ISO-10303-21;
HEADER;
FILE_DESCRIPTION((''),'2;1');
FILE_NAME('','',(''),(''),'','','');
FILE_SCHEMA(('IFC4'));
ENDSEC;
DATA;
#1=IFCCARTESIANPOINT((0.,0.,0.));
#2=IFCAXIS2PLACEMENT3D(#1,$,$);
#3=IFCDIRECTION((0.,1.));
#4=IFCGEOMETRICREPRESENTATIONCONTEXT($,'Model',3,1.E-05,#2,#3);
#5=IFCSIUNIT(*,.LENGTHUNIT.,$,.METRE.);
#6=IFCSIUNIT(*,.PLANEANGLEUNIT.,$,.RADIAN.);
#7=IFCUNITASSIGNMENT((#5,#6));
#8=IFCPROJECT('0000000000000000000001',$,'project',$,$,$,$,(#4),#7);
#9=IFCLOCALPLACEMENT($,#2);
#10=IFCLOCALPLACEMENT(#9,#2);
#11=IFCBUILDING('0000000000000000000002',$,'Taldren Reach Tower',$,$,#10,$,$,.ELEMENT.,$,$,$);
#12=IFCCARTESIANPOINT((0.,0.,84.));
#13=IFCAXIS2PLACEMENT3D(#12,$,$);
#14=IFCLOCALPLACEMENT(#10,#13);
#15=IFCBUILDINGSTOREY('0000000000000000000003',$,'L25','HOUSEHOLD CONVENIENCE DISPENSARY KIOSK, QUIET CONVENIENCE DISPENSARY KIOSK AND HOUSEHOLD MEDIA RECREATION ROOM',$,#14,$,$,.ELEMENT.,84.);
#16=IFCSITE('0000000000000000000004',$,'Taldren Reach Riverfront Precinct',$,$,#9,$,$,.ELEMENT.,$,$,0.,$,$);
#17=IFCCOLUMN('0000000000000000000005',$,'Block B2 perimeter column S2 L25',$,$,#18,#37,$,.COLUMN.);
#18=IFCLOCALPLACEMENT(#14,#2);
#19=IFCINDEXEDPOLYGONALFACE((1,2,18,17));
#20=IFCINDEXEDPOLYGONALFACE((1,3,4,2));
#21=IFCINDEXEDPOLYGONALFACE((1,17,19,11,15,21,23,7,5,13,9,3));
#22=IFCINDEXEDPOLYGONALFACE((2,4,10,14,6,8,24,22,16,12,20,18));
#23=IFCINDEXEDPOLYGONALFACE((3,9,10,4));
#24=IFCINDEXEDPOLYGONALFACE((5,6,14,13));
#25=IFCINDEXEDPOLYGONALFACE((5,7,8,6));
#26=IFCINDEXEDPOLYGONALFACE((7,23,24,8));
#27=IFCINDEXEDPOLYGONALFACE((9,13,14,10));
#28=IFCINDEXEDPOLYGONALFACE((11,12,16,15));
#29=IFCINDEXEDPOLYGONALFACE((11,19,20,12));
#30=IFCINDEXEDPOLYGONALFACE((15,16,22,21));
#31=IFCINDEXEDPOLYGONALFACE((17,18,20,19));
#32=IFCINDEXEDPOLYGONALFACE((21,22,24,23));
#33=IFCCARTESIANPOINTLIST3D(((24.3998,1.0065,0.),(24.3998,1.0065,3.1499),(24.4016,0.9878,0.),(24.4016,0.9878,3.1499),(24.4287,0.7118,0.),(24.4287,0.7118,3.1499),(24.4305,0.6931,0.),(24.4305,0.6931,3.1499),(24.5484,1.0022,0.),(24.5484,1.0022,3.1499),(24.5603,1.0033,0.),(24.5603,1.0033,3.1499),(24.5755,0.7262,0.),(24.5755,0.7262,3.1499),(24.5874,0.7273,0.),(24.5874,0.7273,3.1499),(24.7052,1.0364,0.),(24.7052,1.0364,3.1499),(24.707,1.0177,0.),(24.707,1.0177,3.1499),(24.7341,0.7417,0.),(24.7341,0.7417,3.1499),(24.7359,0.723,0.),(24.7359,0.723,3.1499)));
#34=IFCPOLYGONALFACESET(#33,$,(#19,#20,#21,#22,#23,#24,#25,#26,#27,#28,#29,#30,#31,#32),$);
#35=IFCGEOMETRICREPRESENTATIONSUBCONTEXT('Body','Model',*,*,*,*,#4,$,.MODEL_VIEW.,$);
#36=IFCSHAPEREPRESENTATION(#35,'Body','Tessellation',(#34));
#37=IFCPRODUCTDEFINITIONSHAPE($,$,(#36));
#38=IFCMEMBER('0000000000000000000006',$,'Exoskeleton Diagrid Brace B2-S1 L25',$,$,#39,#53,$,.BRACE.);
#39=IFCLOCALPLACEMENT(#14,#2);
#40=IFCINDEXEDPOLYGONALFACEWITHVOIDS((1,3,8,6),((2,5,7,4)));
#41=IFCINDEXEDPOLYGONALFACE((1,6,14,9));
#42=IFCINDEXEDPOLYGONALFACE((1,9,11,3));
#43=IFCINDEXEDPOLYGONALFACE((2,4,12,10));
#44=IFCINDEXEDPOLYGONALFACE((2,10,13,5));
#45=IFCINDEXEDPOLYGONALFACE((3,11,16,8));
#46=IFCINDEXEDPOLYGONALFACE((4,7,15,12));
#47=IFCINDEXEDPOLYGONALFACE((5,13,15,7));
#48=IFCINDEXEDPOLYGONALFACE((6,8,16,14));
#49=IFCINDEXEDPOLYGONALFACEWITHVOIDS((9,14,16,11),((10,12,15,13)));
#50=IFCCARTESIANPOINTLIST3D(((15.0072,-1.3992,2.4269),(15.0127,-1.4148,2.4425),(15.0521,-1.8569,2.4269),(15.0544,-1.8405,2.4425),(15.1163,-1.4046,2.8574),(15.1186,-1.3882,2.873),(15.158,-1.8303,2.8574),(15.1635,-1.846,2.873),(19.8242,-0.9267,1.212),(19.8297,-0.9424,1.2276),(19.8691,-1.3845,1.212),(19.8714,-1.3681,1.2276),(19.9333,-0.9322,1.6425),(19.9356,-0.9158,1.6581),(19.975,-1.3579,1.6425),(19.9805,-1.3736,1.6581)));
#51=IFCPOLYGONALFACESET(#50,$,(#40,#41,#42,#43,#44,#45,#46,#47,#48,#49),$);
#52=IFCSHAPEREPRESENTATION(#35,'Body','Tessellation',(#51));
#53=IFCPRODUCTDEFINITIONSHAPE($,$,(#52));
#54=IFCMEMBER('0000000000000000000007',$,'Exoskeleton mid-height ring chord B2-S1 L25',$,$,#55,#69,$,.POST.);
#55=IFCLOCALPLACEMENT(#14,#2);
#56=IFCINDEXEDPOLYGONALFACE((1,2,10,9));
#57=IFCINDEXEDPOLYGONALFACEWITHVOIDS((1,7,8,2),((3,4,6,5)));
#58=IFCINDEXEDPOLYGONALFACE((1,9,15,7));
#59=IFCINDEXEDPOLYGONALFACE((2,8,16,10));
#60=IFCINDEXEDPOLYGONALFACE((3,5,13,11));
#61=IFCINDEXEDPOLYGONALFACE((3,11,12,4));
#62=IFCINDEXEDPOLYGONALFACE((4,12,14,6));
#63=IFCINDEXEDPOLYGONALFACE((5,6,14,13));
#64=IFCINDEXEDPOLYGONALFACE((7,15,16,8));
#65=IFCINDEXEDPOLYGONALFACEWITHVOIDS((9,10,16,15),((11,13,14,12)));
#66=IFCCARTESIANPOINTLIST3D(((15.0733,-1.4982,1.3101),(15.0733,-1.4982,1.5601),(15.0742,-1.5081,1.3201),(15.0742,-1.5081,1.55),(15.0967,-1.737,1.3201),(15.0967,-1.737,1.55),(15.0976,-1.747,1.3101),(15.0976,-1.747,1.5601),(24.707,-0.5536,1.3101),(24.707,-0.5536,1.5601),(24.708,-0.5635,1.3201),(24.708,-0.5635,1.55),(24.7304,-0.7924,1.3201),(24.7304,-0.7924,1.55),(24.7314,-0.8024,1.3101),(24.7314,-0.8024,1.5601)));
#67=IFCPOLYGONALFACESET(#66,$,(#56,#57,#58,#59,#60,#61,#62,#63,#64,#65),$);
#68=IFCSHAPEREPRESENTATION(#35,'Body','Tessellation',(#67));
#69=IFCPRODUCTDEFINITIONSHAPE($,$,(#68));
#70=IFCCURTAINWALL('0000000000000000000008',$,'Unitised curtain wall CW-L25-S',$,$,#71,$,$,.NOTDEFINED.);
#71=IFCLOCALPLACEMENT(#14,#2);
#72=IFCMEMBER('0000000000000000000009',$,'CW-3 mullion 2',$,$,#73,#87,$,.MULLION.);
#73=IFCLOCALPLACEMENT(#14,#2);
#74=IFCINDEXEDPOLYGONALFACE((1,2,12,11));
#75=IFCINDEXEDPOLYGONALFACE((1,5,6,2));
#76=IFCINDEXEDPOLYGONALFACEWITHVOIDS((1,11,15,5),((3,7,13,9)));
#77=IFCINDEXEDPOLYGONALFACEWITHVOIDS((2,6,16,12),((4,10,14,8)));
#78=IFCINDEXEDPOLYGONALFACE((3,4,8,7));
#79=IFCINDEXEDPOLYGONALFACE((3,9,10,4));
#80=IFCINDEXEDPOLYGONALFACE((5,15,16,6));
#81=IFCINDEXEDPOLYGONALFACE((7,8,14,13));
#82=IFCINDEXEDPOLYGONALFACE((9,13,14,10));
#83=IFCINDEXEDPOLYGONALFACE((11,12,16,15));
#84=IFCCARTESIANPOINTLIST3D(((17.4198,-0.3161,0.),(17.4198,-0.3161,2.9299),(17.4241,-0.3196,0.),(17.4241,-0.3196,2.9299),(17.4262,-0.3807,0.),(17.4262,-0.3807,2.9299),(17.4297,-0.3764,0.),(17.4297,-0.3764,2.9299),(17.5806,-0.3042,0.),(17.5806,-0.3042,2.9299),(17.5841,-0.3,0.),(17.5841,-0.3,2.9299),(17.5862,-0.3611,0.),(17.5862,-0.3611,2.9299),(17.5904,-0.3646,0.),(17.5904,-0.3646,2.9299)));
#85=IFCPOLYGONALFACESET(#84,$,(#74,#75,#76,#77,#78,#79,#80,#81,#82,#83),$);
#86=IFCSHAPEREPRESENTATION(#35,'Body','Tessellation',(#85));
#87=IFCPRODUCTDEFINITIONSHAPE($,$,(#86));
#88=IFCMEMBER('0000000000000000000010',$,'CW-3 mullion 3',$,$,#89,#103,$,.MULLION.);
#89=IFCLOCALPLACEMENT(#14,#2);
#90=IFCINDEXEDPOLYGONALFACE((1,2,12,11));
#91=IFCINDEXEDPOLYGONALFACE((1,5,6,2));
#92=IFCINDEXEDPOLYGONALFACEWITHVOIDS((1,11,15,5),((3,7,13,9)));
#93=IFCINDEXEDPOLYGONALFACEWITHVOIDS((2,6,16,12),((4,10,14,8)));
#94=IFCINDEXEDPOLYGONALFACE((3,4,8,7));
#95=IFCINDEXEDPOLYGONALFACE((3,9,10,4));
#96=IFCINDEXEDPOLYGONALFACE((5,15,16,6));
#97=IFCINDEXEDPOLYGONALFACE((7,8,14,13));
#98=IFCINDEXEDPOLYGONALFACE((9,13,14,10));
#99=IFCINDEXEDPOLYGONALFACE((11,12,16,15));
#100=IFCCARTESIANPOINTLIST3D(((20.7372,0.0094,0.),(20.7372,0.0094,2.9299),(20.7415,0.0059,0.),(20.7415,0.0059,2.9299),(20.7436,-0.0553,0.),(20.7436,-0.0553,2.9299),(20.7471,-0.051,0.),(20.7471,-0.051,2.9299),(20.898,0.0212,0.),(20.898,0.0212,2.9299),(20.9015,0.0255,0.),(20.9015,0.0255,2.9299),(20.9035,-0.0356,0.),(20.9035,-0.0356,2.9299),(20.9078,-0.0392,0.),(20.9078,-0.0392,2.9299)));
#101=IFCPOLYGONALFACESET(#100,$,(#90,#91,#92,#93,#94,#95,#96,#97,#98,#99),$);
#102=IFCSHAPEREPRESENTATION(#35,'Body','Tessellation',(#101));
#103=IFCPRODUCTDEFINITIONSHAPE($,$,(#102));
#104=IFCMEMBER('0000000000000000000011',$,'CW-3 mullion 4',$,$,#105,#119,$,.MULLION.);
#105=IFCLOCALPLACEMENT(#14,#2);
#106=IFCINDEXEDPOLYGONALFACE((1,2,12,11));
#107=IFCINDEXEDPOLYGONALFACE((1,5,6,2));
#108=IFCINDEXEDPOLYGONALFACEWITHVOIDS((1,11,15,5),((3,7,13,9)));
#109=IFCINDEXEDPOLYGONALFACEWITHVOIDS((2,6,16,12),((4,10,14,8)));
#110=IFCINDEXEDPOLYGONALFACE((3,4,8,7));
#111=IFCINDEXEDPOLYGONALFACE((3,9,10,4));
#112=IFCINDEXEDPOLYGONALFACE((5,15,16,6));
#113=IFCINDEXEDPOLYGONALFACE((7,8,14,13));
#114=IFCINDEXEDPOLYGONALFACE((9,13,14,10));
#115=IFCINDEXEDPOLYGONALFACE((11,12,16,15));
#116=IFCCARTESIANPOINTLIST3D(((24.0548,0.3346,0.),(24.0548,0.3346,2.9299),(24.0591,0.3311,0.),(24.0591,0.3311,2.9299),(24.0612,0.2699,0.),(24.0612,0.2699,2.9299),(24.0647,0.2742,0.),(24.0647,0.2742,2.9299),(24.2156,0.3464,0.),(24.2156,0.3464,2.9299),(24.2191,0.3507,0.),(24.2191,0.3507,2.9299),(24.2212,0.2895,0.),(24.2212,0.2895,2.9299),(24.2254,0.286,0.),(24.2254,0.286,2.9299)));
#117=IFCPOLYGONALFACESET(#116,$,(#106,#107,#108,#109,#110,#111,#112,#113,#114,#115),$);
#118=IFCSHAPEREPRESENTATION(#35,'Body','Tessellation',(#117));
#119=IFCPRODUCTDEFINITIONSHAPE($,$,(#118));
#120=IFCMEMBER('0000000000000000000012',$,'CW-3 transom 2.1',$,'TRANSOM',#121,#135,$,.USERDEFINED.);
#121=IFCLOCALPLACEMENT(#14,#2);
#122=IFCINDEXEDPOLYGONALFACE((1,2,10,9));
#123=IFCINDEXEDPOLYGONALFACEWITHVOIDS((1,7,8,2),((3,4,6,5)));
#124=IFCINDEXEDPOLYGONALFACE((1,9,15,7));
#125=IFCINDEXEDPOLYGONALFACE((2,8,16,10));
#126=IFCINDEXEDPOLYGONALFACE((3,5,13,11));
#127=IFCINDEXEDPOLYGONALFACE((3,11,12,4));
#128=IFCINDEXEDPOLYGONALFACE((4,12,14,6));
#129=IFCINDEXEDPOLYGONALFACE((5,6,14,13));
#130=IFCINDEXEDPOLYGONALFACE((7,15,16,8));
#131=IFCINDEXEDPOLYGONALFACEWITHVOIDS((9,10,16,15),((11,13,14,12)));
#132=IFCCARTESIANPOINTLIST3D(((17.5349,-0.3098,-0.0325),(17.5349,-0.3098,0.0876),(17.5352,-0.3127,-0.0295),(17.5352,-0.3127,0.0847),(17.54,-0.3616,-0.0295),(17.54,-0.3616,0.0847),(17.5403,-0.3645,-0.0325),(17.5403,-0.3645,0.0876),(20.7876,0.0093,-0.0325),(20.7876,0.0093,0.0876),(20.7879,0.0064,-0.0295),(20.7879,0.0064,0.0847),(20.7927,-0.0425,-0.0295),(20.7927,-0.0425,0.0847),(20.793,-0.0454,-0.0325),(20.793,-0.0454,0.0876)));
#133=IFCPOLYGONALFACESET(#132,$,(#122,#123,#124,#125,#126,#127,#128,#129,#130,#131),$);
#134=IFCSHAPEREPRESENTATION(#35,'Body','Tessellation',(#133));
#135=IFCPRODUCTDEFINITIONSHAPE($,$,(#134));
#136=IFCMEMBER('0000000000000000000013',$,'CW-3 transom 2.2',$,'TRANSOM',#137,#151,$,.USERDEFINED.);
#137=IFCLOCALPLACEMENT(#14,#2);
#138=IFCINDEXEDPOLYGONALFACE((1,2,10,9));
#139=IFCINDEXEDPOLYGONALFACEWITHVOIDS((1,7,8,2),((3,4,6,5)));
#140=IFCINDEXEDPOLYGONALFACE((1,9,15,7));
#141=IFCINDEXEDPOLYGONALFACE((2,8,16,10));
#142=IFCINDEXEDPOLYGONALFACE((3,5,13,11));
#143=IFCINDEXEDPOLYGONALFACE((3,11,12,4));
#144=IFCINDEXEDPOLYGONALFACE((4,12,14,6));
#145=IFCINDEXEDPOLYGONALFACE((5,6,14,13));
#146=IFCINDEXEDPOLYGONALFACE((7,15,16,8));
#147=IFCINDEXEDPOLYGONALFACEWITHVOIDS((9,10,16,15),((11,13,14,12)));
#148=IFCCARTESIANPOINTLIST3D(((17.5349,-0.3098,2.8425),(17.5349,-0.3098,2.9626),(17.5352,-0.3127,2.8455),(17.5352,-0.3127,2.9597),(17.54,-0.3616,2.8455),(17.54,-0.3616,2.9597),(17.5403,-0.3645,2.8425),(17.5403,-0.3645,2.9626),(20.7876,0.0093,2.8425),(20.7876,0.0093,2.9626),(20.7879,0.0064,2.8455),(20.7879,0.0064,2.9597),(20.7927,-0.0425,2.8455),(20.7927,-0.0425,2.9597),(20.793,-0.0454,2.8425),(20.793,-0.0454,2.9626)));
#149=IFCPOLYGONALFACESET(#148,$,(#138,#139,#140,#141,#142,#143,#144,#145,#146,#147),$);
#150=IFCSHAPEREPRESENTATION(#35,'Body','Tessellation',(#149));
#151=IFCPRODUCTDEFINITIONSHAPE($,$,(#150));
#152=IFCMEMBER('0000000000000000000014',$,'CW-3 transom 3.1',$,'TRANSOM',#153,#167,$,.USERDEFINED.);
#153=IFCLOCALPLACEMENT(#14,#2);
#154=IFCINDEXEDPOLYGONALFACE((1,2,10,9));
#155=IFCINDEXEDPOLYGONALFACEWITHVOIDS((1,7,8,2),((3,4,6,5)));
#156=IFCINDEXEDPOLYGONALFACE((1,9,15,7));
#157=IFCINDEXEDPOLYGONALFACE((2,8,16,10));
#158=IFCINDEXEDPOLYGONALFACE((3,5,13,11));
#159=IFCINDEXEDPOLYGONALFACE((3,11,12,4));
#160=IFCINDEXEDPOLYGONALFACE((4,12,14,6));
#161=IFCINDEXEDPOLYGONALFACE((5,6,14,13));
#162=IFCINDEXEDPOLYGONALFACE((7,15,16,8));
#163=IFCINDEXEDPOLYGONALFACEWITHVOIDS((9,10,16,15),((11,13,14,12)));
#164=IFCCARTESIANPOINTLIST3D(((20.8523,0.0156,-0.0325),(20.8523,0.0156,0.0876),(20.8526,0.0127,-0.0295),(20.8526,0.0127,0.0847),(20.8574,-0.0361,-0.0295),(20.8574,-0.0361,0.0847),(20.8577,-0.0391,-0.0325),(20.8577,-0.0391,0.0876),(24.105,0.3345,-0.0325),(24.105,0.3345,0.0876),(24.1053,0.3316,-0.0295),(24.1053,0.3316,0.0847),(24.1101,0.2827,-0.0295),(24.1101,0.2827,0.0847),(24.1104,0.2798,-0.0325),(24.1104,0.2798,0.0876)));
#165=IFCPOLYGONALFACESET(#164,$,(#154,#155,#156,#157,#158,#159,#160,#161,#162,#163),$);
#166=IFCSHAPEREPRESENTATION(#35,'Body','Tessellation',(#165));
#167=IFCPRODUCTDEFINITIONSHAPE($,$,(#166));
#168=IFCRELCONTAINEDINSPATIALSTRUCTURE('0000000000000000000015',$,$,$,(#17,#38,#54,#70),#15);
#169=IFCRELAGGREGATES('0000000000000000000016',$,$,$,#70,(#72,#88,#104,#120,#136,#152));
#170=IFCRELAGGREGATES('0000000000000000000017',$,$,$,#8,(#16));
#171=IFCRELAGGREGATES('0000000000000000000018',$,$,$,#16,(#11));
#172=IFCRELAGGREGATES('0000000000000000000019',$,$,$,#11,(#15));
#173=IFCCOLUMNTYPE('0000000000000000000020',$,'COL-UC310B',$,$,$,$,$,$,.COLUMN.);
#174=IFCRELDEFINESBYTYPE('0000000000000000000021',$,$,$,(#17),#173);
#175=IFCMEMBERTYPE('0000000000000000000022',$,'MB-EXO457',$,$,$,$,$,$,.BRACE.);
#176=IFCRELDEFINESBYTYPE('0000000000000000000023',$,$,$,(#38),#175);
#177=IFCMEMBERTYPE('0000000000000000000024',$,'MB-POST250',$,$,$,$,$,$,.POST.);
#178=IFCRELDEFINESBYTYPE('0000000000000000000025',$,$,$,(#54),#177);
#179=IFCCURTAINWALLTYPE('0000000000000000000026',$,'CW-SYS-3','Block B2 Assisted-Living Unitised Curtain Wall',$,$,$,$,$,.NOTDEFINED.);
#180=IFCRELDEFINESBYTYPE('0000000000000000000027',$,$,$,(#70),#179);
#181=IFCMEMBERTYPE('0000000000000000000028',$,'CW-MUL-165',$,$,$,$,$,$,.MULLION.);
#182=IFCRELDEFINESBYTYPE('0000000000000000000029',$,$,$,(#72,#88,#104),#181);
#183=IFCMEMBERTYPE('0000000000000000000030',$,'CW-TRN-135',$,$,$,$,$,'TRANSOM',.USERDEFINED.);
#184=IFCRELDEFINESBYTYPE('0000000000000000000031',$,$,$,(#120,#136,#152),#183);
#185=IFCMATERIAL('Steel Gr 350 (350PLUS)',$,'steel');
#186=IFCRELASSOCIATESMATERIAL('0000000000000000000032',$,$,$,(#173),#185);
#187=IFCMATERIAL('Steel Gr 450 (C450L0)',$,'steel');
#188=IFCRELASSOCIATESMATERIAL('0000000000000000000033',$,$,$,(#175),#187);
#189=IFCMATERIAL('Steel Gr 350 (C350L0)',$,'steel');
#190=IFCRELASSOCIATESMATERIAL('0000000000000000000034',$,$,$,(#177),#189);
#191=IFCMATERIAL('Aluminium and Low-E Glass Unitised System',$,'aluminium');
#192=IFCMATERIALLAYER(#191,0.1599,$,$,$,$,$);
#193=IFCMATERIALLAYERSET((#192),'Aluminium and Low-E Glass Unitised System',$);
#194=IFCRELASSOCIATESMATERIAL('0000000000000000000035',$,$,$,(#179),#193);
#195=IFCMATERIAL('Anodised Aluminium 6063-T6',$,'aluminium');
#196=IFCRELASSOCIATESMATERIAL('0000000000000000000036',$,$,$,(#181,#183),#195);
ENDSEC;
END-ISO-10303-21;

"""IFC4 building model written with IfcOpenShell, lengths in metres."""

from ifc_helpers import new_model, si_unit, direction, frame, origin, origin_2d, place, context, subcontext, project, spatial, hollow_rectangle, i_section, extrude, source, transform, mapped, material, layer, layer_set, material_profile, profile_set, type_object, element, aggregate, save


model = new_model("IFC4")

# Units and contexts
model_context = context("Model", 3, precision=1e-05, world=origin(), true_north=direction((0.0, 1.0)))
body_context = subcontext(model_context, "Body", "Model", "MODEL_VIEW")
ifc_project = project(units=[si_unit("LENGTHUNIT", "METRE"), si_unit("PLANEANGLEUNIT", "RADIAN")], contexts=[model_context])

# Site, building, storey
site_placement = place(None, origin())
site = spatial("IfcSite", under=ifc_project, at=site_placement, Name="Taldren Reach Riverfront Precinct", CompositionType="ELEMENT", RefElevation=0.0)
building_placement = place(site_placement, origin())
building = spatial("IfcBuilding", under=site, at=building_placement, Name="Taldren Reach Tower", CompositionType="ELEMENT")
storey_placement = place(building_placement, frame((0.0, 0.0, 84.0)))
storey = spatial("IfcBuildingStorey", under=building, at=storey_placement, Name="L25", Description="HOUSEHOLD CONVENIENCE DISPENSARY KIOSK, QUIET CONVENIENCE DISPENSARY KIOSK AND HOUSEHOLD MEDIA RECREATION ROOM", CompositionType="ELEMENT", Elevation=84.0)

# Column
ifc_material_1 = material(Name="Steel Gr 350 (350PLUS)", Category="steel")
ifc_material_profile_1 = material_profile(ifc_material_1, i_section(OverallWidth=0.3069, OverallDepth=0.3149, WebThickness=0.012, FlangeThickness=0.0188, at=origin_2d()), Name="310UC118")
ifc_profile_set_1 = profile_set([ifc_material_profile_1], Name="Steel Gr 350 (350PLUS)")
column_type = type_object("IfcColumnType", Name="COL-UC310B", PredefinedType="COLUMN", material=ifc_profile_set_1)
shared_shape_1 = source(origin(), body_context, "Body", "SweptSolid", [
    extrude(i_section(OverallWidth=0.3069, OverallDepth=0.3149, WebThickness=0.012, FlangeThickness=0.0188, at=origin_2d()), origin(), (0.0, 0.0, 1.0), 3.1499),
])
column_placement = place(storey_placement, frame((24.5679, 0.8647, 0.0), z_axis=(0.0, 0.0, 1.0), x_axis=(0.995227, 0.097583, 0.0)))
element("IfcColumn", 1, at=column_placement, inside=storey, type_object=column_type, Name="Block B2 perimeter column S2 L25", PredefinedType="COLUMN", context=body_context, shape_type="MappedRepresentation", body=[
    mapped(shared_shape_1, transform((0.0, 0.0, 0.0), scale=1.0)),
])

# Members
ifc_material_2 = material(Name="Steel Gr 450 (C450L0)", Category="steel")
ifc_material_profile_2 = material_profile(ifc_material_2, hollow_rectangle(XDim=0.46, YDim=0.46, WallThickness=0.0161, at=origin_2d()), Name="460x460x16.0SHS")
ifc_profile_set_2 = profile_set([ifc_material_profile_2], Name="Steel Gr 450 (C450L0)")
member_type_1 = type_object("IfcMemberType", Name="MB-EXO457", PredefinedType="BRACE", material=ifc_profile_set_2)
shared_shape_2 = source(origin(), body_context, "Body", "SweptSolid", [
    extrude(hollow_rectangle(XDim=0.46, YDim=0.46, WallThickness=0.0161, at=origin_2d()), origin(), (0.0, 0.0, 1.0), 4.9902),
])
member_1_placement = place(storey_placement, frame((19.9023, -1.1501, 1.4351), z_axis=(-0.965283, -0.094669, 0.243449), x_axis=(0.097606, -0.995225, 0.0)))
element("IfcMember", 2, at=member_1_placement, inside=storey, type_object=member_type_1, Name="Exoskeleton Diagrid Brace B2-S1 L25", PredefinedType="BRACE", context=body_context, shape_type="MappedRepresentation", body=[
    mapped(shared_shape_2, transform((0.0, 0.0, 0.0), scale=1.0)),
])
ifc_material_3 = material(Name="Steel Gr 350 (C350L0)", Category="steel")
ifc_material_profile_3 = material_profile(ifc_material_3, hollow_rectangle(XDim=0.25, YDim=0.25, WallThickness=0.01, at=origin_2d()), Name="250x250x10.0SHS")
ifc_profile_set_3 = profile_set([ifc_material_profile_3], Name="Steel Gr 350 (C350L0)")
member_type_2 = type_object("IfcMemberType", Name="MB-POST250", PredefinedType="POST", material=ifc_profile_set_3)
shared_shape_3 = source(origin(), body_context, "Body", "SweptSolid", [
    extrude(hollow_rectangle(XDim=0.25, YDim=0.25, WallThickness=0.01, at=origin_2d()), origin(), (0.0, 0.0, 1.0), 9.6799),
])
member_2_placement = place(storey_placement, frame((15.0854, -1.6226, 1.4351), z_axis=(0.995228, 0.097581, 0.0), x_axis=(-0.097581, 0.995228, 0.0)))
element("IfcMember", 3, at=member_2_placement, inside=storey, type_object=member_type_2, Name="Exoskeleton mid-height ring chord B2-S1 L25", PredefinedType="POST", context=body_context, shape_type="MappedRepresentation", body=[
    mapped(shared_shape_3, transform((0.0, 0.0, 0.0), scale=1.0)),
])

# Curtain wall, members
ifc_material_4 = material(Name="Aluminium and Low-E Glass Unitised System", Category="aluminium")
ifc_layer_1 = layer(ifc_material_4, 0.1599)
ifc_layer_set_1 = layer_set([ifc_layer_1], Name="Aluminium and Low-E Glass Unitised System")
curtain_wall_type = type_object("IfcCurtainWallType", Name="CW-SYS-3", Description="Block B2 Assisted-Living Unitised Curtain Wall", PredefinedType="NOTDEFINED", material=ifc_layer_set_1)
curtain_wall_placement = place(storey_placement, origin())
curtain_wall = element("IfcCurtainWall", 4, at=curtain_wall_placement, inside=storey, type_object=curtain_wall_type, Name="Unitised curtain wall CW-L25-S", PredefinedType="NOTDEFINED")
ifc_material_5 = material(Name="Anodised Aluminium 6063-T6", Category="aluminium")
ifc_material_profile_4 = material_profile(ifc_material_5, hollow_rectangle(XDim=0.0649, YDim=0.165, WallThickness=0.0039, at=origin_2d()), Name="ALU-165x65x4RHS")
ifc_profile_set_4 = profile_set([ifc_material_profile_4], Name="Anodised Aluminium 6063-T6")
member_type_3 = type_object("IfcMemberType", Name="CW-MUL-165", PredefinedType="MULLION", material=ifc_profile_set_4)
shared_shape_4 = source(origin(), body_context, "Body", "SweptSolid", [
    extrude(hollow_rectangle(XDim=0.0649, YDim=0.165, WallThickness=0.0039, at=origin_2d()), origin(), (0.0, 0.0, 1.0), 2.9299),
])
member_3_placement = place(storey_placement, frame((17.5051, -0.3403, 0.0), z_axis=(0.0, 0.0, 1.0), x_axis=(-0.097583, 0.995227, 0.0)))
member_3 = element("IfcMember", 5, at=member_3_placement, type_object=member_type_3, Name="CW-3 mullion 2", PredefinedType="MULLION", context=body_context, shape_type="MappedRepresentation", body=[
    mapped(shared_shape_4, transform((0.0, 0.0, 0.0), scale=1.0)),
])
member_4_placement = place(storey_placement, frame((20.8225, -0.0149, 0.0), z_axis=(0.0, 0.0, 1.0), x_axis=(-0.097583, 0.995227, 0.0)))
member_4 = element("IfcMember", 6, at=member_4_placement, type_object=member_type_3, Name="CW-3 mullion 3", PredefinedType="MULLION", context=body_context, shape_type="MappedRepresentation", body=[
    mapped(shared_shape_4, transform((0.0, 0.0, 0.0), scale=1.0)),
])
member_5_placement = place(storey_placement, frame((24.1401, 0.3103, 0.0), z_axis=(0.0, 0.0, 1.0), x_axis=(-0.097583, 0.995227, 0.0)))
member_5 = element("IfcMember", 7, at=member_5_placement, type_object=member_type_3, Name="CW-3 mullion 4", PredefinedType="MULLION", context=body_context, shape_type="MappedRepresentation", body=[
    mapped(shared_shape_4, transform((0.0, 0.0, 0.0), scale=1.0)),
])
ifc_material_profile_5 = material_profile(ifc_material_5, hollow_rectangle(XDim=0.0549, YDim=0.1201, WallThickness=0.0029, at=origin_2d()), Name="ALU-120x55x3RHS")
ifc_profile_set_5 = profile_set([ifc_material_profile_5], Name="Anodised Aluminium 6063-T6")
member_type_4 = type_object("IfcMemberType", Name="CW-TRN-135", ElementType="TRANSOM", PredefinedType="USERDEFINED", material=ifc_profile_set_5)
shared_shape_5 = source(origin(), body_context, "Body", "SweptSolid", [
    extrude(hollow_rectangle(XDim=0.0549, YDim=0.1201, WallThickness=0.0029, at=origin_2d()), origin(), (0.0, 0.0, 1.0), 3.2683),
])
member_6_placement = place(storey_placement, frame((17.5376, -0.3372, 0.0276), z_axis=(0.995223, 0.097632, 0.0), x_axis=(-0.097632, 0.995223, 0.0)))
member_6 = element("IfcMember", 8, at=member_6_placement, type_object=member_type_4, Name="CW-3 transom 2.1", ObjectType="TRANSOM", PredefinedType="USERDEFINED", context=body_context, shape_type="MappedRepresentation", body=[
    mapped(shared_shape_5, transform((0.0, 0.0, 0.0), scale=1.0)),
])
member_7_placement = place(storey_placement, frame((17.5376, -0.3372, 2.9026), z_axis=(0.995223, 0.097632, 0.0), x_axis=(-0.097632, 0.995223, 0.0)))
member_7 = element("IfcMember", 9, at=member_7_placement, type_object=member_type_4, Name="CW-3 transom 2.2", ObjectType="TRANSOM", PredefinedType="USERDEFINED", context=body_context, shape_type="MappedRepresentation", body=[
    mapped(shared_shape_5, transform((0.0, 0.0, 0.0), scale=1.0)),
])
member_8_placement = place(storey_placement, frame((20.855, -0.0117, 0.0276), z_axis=(0.99523, 0.097558, 0.0), x_axis=(-0.097558, 0.99523, 0.0)))
member_8 = element("IfcMember", 10, at=member_8_placement, type_object=member_type_4, Name="CW-3 transom 3.1", ObjectType="TRANSOM", PredefinedType="USERDEFINED", context=body_context, shape_type="MappedRepresentation", body=[
    mapped(shared_shape_5, transform((0.0, 0.0, 0.0), scale=1.0)),
])

aggregate(curtain_wall, [member_3, member_4, member_5, member_6, member_7, member_8])

save(model, "model.ifc")
